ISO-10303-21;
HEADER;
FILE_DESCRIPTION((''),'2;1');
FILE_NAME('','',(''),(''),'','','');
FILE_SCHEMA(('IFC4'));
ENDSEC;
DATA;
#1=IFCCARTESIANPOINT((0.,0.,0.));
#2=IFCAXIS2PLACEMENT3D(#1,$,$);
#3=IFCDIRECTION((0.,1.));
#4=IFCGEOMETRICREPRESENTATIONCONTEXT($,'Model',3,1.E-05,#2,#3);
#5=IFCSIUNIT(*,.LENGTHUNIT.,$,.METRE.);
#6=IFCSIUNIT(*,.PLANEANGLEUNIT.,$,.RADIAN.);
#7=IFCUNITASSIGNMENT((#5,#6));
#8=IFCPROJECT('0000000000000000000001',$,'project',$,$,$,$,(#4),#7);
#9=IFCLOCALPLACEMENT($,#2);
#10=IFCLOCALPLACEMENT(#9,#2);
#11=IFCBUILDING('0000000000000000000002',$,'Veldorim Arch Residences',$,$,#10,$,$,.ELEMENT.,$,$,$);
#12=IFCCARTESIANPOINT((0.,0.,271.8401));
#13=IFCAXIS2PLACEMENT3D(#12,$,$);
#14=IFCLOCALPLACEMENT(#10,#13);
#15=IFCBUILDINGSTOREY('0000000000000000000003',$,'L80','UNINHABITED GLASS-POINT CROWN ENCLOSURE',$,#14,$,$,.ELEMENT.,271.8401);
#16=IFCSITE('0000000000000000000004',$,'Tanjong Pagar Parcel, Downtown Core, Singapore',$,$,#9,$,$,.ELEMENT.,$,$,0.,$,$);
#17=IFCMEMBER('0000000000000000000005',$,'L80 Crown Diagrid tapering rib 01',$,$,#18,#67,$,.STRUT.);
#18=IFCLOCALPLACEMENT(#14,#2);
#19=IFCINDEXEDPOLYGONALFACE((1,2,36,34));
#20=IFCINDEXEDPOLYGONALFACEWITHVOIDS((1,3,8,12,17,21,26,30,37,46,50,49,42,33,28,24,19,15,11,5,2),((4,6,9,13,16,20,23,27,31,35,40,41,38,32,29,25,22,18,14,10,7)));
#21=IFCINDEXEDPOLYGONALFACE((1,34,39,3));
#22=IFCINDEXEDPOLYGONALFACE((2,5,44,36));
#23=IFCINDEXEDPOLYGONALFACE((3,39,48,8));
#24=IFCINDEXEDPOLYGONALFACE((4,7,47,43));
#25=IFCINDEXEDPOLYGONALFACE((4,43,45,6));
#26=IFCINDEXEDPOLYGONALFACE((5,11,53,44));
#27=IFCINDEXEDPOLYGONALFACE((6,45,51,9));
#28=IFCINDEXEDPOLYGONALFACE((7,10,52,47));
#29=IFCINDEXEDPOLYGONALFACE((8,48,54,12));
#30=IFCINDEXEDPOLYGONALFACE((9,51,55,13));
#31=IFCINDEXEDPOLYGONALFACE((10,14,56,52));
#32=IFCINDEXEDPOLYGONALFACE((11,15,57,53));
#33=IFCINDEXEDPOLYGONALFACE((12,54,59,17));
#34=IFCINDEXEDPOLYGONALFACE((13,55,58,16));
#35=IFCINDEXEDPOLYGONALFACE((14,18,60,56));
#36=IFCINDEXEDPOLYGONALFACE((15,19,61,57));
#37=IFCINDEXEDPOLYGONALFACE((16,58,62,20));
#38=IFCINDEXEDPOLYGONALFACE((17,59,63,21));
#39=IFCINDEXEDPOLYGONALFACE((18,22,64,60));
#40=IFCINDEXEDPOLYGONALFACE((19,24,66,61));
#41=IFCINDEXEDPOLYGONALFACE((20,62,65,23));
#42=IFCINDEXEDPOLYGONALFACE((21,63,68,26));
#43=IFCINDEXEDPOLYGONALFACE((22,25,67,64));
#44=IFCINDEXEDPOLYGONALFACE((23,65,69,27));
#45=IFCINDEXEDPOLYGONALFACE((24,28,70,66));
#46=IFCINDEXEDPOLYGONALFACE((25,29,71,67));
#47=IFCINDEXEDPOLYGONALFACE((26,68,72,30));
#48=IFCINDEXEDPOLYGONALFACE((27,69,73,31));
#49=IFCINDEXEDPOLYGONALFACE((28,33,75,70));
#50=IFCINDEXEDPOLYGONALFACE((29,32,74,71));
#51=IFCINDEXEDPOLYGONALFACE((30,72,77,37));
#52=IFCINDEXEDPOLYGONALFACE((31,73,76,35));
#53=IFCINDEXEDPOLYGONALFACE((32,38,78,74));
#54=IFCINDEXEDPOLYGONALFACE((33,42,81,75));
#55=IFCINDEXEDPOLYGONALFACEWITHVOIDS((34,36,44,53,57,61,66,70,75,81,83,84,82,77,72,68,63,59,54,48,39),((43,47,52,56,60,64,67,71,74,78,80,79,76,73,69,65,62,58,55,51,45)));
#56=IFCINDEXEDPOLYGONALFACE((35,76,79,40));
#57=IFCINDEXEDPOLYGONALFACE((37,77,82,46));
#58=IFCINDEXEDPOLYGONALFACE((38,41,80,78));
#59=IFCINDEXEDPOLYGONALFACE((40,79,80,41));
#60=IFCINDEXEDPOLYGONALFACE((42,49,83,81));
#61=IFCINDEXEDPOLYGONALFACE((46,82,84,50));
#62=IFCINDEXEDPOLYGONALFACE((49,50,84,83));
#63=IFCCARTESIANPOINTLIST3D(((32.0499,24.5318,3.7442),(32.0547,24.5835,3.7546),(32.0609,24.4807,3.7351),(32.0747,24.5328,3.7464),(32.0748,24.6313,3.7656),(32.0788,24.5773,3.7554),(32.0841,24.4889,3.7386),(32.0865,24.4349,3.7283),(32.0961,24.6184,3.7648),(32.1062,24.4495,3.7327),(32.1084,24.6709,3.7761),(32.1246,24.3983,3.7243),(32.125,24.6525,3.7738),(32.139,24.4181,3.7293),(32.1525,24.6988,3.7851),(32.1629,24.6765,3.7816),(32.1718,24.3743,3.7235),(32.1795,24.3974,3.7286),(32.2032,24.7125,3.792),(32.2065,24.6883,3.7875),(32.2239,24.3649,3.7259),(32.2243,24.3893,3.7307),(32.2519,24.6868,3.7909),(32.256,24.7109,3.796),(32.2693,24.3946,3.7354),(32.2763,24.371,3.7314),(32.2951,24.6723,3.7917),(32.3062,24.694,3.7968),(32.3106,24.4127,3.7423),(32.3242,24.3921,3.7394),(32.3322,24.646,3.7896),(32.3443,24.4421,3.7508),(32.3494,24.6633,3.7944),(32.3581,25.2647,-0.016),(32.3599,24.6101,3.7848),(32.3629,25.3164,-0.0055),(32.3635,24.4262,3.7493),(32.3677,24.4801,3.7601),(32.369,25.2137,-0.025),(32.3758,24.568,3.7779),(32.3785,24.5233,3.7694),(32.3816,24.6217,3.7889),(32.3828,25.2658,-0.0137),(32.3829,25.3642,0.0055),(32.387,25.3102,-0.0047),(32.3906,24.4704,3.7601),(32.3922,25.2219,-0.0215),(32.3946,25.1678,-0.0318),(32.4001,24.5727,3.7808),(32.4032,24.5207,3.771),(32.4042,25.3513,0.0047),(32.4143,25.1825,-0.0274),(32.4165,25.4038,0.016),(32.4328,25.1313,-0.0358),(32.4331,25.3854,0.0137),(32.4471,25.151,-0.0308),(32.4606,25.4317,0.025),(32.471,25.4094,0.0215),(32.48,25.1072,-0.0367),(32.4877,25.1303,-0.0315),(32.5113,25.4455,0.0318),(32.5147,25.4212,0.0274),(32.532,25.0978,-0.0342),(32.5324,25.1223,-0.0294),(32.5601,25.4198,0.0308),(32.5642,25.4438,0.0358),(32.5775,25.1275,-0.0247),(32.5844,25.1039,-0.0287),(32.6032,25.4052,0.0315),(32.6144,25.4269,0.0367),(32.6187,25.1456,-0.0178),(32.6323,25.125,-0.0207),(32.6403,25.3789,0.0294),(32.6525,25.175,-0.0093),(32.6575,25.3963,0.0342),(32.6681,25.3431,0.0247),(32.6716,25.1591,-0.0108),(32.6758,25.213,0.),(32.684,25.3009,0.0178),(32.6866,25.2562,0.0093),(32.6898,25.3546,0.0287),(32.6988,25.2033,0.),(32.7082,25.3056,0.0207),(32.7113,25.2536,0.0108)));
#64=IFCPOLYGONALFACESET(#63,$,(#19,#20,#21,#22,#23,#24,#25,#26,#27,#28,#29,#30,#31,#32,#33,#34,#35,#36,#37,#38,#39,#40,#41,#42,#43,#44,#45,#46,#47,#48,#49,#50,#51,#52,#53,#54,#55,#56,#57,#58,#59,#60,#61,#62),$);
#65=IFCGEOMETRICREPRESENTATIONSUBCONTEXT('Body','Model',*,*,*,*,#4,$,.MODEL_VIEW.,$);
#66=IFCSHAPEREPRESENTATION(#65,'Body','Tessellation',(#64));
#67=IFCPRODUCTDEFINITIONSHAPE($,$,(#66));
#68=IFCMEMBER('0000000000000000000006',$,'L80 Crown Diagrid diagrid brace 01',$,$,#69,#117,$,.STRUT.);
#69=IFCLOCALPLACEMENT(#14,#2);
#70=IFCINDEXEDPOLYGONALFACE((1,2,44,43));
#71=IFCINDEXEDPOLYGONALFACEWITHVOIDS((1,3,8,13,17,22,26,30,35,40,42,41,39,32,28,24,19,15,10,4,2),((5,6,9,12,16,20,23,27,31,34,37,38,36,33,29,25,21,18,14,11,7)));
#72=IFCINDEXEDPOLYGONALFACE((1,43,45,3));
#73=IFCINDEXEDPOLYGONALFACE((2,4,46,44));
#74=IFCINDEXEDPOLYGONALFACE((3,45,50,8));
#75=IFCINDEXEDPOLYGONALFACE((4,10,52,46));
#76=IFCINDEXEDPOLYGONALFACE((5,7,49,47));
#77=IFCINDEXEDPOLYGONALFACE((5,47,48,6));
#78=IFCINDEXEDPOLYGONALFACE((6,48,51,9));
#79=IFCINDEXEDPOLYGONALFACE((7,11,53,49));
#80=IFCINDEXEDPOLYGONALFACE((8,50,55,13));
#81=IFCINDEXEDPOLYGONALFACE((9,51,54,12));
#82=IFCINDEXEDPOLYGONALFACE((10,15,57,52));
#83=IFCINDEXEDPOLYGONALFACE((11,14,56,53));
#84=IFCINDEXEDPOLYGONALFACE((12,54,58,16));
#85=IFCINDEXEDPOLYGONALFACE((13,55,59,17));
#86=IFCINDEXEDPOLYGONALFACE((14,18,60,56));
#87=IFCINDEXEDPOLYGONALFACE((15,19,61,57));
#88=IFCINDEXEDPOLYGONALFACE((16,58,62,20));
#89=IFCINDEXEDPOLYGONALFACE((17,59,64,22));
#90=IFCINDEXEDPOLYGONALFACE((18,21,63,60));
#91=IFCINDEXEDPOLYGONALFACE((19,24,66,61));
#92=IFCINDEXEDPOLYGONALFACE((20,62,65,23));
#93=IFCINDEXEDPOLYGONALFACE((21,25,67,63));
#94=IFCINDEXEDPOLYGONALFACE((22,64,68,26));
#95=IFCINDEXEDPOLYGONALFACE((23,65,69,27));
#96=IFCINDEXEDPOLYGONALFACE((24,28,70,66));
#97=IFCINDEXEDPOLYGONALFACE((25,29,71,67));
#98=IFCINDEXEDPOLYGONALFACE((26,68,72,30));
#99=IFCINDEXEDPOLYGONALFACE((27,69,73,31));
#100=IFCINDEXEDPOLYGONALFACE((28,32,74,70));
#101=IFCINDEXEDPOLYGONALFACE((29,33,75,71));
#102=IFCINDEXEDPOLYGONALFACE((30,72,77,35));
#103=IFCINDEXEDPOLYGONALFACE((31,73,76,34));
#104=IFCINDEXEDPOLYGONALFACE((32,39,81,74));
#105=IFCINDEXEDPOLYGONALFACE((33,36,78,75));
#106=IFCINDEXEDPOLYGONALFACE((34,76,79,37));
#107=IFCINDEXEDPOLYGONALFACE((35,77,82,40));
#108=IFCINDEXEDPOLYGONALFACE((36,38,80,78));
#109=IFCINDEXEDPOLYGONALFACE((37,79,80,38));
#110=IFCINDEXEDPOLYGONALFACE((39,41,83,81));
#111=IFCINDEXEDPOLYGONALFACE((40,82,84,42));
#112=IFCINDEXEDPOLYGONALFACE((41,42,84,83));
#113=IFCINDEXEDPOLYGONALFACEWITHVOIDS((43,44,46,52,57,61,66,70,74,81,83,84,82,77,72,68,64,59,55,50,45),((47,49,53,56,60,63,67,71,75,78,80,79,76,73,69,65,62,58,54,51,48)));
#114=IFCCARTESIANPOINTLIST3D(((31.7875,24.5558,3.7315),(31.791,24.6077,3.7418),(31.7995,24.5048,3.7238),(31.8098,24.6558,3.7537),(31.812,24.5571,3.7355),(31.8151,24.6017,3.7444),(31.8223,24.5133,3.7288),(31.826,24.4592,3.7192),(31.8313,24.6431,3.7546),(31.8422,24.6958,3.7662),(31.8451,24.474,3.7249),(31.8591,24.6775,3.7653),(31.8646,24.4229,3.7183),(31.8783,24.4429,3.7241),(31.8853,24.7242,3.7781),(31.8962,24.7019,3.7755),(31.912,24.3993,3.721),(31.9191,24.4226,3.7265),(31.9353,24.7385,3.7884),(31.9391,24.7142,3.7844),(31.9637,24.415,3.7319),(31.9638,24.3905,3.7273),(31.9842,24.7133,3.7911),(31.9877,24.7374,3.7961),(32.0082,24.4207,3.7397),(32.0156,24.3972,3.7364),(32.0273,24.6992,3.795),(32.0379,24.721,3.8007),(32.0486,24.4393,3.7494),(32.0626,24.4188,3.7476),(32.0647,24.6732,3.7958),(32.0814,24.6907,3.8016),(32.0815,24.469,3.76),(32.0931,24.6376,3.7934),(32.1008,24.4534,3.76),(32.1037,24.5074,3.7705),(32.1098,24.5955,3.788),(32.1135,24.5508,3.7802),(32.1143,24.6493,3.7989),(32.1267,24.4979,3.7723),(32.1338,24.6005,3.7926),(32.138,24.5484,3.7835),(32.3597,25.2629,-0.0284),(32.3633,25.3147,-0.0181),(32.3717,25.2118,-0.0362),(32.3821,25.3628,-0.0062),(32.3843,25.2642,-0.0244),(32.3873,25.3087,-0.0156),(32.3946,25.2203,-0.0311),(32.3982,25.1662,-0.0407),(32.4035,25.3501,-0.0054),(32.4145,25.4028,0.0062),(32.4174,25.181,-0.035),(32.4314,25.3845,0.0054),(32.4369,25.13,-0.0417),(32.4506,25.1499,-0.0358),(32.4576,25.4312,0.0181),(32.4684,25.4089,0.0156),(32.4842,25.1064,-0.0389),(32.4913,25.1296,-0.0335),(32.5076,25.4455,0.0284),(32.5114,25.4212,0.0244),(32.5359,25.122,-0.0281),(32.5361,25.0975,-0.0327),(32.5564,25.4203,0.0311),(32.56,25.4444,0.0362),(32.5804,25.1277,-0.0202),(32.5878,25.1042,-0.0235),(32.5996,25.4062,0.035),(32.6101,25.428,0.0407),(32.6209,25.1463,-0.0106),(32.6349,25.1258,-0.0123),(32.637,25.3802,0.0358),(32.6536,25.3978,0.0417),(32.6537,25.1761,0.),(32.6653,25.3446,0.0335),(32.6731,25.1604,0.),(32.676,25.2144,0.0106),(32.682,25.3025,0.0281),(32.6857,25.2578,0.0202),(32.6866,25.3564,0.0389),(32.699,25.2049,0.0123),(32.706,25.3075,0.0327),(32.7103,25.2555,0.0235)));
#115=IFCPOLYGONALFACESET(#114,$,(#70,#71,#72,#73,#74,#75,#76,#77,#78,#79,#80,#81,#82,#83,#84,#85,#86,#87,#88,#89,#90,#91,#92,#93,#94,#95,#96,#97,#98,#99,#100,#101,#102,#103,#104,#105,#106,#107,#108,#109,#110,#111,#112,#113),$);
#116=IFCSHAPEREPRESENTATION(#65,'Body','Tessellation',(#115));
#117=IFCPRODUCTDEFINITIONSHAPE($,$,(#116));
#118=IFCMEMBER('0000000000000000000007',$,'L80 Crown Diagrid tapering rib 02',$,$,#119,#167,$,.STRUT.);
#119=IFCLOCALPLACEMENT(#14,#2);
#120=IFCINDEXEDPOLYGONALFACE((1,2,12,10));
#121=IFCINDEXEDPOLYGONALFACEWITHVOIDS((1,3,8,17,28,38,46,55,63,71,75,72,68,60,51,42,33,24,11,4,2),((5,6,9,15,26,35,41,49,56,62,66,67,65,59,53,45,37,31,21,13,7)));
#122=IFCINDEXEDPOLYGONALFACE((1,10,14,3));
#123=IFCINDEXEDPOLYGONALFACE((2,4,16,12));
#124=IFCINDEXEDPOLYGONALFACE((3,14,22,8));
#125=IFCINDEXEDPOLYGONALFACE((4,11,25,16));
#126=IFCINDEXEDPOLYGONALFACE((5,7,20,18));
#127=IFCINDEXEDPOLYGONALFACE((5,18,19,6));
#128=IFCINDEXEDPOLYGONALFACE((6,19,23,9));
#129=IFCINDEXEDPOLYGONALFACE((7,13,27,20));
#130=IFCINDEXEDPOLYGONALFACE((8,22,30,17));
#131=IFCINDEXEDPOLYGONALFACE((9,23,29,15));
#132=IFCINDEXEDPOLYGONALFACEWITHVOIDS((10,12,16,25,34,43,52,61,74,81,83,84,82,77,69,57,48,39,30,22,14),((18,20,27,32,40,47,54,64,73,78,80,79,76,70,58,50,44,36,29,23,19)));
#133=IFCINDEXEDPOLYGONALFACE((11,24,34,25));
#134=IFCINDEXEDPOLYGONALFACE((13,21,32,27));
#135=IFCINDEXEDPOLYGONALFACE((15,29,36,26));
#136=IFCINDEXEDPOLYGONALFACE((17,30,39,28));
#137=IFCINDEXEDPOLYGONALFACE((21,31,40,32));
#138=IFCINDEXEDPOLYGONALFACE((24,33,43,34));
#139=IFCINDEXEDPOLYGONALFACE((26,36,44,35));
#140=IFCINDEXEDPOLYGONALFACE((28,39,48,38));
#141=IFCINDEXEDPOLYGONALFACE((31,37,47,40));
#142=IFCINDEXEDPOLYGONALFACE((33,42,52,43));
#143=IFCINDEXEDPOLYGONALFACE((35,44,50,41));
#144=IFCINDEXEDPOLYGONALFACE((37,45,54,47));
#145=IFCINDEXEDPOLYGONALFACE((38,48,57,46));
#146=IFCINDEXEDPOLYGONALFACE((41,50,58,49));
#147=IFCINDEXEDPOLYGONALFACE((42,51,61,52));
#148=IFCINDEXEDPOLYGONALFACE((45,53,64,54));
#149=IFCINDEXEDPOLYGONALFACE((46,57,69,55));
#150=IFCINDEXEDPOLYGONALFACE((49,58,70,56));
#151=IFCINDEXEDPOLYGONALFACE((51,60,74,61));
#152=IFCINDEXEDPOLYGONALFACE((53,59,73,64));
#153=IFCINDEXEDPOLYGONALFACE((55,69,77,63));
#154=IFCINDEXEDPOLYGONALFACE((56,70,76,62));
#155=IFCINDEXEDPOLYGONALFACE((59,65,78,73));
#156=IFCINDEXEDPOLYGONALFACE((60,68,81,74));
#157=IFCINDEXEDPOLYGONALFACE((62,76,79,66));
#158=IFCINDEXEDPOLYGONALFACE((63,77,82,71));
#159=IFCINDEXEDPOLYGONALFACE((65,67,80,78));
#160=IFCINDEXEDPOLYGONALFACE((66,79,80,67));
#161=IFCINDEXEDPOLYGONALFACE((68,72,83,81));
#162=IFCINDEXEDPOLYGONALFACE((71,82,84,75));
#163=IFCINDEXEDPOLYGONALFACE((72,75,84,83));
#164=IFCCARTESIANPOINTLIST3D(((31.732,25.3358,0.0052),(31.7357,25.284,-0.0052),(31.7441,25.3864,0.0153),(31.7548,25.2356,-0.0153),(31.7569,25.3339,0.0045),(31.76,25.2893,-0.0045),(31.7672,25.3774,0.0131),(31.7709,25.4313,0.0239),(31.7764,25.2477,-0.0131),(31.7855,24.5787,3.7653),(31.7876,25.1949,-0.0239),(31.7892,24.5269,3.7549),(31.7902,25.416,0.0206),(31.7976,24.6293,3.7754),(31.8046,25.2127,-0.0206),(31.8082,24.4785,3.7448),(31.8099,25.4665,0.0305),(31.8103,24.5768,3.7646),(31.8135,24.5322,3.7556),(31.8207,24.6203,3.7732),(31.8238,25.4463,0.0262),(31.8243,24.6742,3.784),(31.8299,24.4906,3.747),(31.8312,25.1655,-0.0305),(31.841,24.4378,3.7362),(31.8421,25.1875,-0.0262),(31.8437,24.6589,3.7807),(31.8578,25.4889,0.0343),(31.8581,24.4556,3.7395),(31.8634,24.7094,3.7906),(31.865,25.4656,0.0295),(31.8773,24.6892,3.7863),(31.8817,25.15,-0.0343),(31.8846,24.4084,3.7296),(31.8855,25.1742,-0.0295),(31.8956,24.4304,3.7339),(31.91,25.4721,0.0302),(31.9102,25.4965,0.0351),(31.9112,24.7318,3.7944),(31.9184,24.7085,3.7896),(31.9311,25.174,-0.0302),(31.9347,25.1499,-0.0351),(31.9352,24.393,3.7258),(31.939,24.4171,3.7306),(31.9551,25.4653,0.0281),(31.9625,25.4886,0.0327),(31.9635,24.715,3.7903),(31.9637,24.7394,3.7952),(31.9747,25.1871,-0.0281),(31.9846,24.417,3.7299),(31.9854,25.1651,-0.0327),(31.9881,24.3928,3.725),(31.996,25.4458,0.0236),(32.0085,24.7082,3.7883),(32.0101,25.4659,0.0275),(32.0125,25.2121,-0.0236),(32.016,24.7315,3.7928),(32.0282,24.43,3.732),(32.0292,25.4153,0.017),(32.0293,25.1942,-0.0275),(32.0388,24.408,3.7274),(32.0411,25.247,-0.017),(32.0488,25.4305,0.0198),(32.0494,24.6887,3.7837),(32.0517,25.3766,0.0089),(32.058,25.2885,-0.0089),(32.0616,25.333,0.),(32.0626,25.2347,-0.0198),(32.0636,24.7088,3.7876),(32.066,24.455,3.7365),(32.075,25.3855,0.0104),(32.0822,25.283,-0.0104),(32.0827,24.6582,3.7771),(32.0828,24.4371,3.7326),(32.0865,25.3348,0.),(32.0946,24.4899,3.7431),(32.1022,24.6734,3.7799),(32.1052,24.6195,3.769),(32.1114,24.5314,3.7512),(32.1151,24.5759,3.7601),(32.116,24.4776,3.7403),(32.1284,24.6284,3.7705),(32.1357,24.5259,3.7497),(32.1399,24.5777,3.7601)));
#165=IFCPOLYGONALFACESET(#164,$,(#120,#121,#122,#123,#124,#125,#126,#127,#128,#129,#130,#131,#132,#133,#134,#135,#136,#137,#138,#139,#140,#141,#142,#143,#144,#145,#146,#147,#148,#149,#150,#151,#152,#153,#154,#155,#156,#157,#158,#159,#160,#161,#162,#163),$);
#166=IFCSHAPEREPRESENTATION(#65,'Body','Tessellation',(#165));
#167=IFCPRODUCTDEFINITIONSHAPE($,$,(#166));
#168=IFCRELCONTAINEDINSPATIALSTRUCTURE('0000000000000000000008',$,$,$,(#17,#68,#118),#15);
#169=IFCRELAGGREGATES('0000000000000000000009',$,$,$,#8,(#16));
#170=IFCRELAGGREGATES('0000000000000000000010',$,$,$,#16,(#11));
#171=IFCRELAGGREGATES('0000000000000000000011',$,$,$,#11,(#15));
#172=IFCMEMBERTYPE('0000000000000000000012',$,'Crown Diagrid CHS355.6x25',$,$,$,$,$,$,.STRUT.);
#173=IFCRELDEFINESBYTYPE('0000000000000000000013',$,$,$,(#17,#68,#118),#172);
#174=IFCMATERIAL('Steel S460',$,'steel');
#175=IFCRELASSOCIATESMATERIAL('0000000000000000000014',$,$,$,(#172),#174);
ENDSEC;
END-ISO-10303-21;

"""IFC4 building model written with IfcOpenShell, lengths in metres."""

from ifc_helpers import new_model, si_unit, direction, frame, origin, origin_2d, place, context, subcontext, project, spatial, hollow_circle, extrude, material, material_profile, profile_set, type_object, element, save


model = new_model("IFC4")

# Units and contexts
model_context = context("Model", 3, precision=1e-05, world=origin(), true_north=direction((0.0, 1.0)))
body_context = subcontext(model_context, "Body", "Model", "MODEL_VIEW")
ifc_project = project(units=[si_unit("LENGTHUNIT", "METRE"), si_unit("PLANEANGLEUNIT", "RADIAN")], contexts=[model_context])

# Site, building, storey
site_placement = place(None, origin())
site = spatial("IfcSite", under=ifc_project, at=site_placement, Name="Tanjong Pagar Parcel, Downtown Core, Singapore", CompositionType="ELEMENT", RefElevation=0.0)
building_placement = place(site_placement, origin())
building = spatial("IfcBuilding", under=site, at=building_placement, Name="Veldorim Arch Residences", CompositionType="ELEMENT")
storey_placement = place(building_placement, frame((0.0, 0.0, 271.8401)))
storey = spatial("IfcBuildingStorey", under=building, at=storey_placement, Name="L80", Description="UNINHABITED GLASS-POINT CROWN ENCLOSURE", CompositionType="ELEMENT", Elevation=271.8401)

# Members
ifc_material_1 = material(Name="Steel S460", Category="steel")
ifc_material_profile = material_profile(ifc_material_1, hollow_circle(Radius=0.1777, WallThickness=0.0249, at=origin_2d()), Name="CHS355.6x25")
ifc_profile_set = profile_set([ifc_material_profile], Name="Steel S460")
member_type = type_object("IfcMemberType", Name="Crown Diagrid CHS355.6x25", PredefinedType="STRUT", material=ifc_profile_set)
member_1_placement = place(storey_placement, frame((32.5349, 25.2722, 0.0), z_axis=(-0.08017, -0.190706, 0.978368), x_axis=(0.921855, -0.387535, 0.0)))
element("IfcMember", 1, at=member_1_placement, inside=storey, type_object=member_type, Name="L80 Crown Diagrid tapering rib 01", PredefinedType="STRUT", context=body_context, shape_type="SweptSolid", body=[
    extrude(hollow_circle(Radius=0.1777, WallThickness=0.0249, at=origin_2d()), origin(), (0.0, 0.0, 1.0), 3.8433),
])
member_2_placement = place(storey_placement, frame((32.5349, 25.2722, 0.0), z_axis=(-0.147931, -0.182768, 0.971963), x_axis=(0.777295, -0.629136, 0.0)))
element("IfcMember", 2, at=member_2_placement, inside=storey, type_object=member_type, Name="L80 Crown Diagrid diagrid brace 01", PredefinedType="STRUT", context=body_context, shape_type="SweptSolid", body=[
    extrude(hollow_circle(Radius=0.1777, WallThickness=0.0249, at=origin_2d()), origin(), (0.0, 0.0, 1.0), 3.8684),
])
member_3_placement = place(storey_placement, frame((31.9092, 25.3223, 0.0), z_axis=(0.013939, -0.19737, 0.98023), x_axis=(0.997516, 0.070447, 0.0)))
element("IfcMember", 3, at=member_3_placement, inside=storey, type_object=member_type, Name="L80 Crown Diagrid tapering rib 02", PredefinedType="STRUT", context=body_context, shape_type="SweptSolid", body=[
    extrude(hollow_circle(Radius=0.1777, WallThickness=0.0249, at=origin_2d()), origin(), (0.0, 0.0, 1.0), 3.8359),
])

save(model, "model.ifc")
